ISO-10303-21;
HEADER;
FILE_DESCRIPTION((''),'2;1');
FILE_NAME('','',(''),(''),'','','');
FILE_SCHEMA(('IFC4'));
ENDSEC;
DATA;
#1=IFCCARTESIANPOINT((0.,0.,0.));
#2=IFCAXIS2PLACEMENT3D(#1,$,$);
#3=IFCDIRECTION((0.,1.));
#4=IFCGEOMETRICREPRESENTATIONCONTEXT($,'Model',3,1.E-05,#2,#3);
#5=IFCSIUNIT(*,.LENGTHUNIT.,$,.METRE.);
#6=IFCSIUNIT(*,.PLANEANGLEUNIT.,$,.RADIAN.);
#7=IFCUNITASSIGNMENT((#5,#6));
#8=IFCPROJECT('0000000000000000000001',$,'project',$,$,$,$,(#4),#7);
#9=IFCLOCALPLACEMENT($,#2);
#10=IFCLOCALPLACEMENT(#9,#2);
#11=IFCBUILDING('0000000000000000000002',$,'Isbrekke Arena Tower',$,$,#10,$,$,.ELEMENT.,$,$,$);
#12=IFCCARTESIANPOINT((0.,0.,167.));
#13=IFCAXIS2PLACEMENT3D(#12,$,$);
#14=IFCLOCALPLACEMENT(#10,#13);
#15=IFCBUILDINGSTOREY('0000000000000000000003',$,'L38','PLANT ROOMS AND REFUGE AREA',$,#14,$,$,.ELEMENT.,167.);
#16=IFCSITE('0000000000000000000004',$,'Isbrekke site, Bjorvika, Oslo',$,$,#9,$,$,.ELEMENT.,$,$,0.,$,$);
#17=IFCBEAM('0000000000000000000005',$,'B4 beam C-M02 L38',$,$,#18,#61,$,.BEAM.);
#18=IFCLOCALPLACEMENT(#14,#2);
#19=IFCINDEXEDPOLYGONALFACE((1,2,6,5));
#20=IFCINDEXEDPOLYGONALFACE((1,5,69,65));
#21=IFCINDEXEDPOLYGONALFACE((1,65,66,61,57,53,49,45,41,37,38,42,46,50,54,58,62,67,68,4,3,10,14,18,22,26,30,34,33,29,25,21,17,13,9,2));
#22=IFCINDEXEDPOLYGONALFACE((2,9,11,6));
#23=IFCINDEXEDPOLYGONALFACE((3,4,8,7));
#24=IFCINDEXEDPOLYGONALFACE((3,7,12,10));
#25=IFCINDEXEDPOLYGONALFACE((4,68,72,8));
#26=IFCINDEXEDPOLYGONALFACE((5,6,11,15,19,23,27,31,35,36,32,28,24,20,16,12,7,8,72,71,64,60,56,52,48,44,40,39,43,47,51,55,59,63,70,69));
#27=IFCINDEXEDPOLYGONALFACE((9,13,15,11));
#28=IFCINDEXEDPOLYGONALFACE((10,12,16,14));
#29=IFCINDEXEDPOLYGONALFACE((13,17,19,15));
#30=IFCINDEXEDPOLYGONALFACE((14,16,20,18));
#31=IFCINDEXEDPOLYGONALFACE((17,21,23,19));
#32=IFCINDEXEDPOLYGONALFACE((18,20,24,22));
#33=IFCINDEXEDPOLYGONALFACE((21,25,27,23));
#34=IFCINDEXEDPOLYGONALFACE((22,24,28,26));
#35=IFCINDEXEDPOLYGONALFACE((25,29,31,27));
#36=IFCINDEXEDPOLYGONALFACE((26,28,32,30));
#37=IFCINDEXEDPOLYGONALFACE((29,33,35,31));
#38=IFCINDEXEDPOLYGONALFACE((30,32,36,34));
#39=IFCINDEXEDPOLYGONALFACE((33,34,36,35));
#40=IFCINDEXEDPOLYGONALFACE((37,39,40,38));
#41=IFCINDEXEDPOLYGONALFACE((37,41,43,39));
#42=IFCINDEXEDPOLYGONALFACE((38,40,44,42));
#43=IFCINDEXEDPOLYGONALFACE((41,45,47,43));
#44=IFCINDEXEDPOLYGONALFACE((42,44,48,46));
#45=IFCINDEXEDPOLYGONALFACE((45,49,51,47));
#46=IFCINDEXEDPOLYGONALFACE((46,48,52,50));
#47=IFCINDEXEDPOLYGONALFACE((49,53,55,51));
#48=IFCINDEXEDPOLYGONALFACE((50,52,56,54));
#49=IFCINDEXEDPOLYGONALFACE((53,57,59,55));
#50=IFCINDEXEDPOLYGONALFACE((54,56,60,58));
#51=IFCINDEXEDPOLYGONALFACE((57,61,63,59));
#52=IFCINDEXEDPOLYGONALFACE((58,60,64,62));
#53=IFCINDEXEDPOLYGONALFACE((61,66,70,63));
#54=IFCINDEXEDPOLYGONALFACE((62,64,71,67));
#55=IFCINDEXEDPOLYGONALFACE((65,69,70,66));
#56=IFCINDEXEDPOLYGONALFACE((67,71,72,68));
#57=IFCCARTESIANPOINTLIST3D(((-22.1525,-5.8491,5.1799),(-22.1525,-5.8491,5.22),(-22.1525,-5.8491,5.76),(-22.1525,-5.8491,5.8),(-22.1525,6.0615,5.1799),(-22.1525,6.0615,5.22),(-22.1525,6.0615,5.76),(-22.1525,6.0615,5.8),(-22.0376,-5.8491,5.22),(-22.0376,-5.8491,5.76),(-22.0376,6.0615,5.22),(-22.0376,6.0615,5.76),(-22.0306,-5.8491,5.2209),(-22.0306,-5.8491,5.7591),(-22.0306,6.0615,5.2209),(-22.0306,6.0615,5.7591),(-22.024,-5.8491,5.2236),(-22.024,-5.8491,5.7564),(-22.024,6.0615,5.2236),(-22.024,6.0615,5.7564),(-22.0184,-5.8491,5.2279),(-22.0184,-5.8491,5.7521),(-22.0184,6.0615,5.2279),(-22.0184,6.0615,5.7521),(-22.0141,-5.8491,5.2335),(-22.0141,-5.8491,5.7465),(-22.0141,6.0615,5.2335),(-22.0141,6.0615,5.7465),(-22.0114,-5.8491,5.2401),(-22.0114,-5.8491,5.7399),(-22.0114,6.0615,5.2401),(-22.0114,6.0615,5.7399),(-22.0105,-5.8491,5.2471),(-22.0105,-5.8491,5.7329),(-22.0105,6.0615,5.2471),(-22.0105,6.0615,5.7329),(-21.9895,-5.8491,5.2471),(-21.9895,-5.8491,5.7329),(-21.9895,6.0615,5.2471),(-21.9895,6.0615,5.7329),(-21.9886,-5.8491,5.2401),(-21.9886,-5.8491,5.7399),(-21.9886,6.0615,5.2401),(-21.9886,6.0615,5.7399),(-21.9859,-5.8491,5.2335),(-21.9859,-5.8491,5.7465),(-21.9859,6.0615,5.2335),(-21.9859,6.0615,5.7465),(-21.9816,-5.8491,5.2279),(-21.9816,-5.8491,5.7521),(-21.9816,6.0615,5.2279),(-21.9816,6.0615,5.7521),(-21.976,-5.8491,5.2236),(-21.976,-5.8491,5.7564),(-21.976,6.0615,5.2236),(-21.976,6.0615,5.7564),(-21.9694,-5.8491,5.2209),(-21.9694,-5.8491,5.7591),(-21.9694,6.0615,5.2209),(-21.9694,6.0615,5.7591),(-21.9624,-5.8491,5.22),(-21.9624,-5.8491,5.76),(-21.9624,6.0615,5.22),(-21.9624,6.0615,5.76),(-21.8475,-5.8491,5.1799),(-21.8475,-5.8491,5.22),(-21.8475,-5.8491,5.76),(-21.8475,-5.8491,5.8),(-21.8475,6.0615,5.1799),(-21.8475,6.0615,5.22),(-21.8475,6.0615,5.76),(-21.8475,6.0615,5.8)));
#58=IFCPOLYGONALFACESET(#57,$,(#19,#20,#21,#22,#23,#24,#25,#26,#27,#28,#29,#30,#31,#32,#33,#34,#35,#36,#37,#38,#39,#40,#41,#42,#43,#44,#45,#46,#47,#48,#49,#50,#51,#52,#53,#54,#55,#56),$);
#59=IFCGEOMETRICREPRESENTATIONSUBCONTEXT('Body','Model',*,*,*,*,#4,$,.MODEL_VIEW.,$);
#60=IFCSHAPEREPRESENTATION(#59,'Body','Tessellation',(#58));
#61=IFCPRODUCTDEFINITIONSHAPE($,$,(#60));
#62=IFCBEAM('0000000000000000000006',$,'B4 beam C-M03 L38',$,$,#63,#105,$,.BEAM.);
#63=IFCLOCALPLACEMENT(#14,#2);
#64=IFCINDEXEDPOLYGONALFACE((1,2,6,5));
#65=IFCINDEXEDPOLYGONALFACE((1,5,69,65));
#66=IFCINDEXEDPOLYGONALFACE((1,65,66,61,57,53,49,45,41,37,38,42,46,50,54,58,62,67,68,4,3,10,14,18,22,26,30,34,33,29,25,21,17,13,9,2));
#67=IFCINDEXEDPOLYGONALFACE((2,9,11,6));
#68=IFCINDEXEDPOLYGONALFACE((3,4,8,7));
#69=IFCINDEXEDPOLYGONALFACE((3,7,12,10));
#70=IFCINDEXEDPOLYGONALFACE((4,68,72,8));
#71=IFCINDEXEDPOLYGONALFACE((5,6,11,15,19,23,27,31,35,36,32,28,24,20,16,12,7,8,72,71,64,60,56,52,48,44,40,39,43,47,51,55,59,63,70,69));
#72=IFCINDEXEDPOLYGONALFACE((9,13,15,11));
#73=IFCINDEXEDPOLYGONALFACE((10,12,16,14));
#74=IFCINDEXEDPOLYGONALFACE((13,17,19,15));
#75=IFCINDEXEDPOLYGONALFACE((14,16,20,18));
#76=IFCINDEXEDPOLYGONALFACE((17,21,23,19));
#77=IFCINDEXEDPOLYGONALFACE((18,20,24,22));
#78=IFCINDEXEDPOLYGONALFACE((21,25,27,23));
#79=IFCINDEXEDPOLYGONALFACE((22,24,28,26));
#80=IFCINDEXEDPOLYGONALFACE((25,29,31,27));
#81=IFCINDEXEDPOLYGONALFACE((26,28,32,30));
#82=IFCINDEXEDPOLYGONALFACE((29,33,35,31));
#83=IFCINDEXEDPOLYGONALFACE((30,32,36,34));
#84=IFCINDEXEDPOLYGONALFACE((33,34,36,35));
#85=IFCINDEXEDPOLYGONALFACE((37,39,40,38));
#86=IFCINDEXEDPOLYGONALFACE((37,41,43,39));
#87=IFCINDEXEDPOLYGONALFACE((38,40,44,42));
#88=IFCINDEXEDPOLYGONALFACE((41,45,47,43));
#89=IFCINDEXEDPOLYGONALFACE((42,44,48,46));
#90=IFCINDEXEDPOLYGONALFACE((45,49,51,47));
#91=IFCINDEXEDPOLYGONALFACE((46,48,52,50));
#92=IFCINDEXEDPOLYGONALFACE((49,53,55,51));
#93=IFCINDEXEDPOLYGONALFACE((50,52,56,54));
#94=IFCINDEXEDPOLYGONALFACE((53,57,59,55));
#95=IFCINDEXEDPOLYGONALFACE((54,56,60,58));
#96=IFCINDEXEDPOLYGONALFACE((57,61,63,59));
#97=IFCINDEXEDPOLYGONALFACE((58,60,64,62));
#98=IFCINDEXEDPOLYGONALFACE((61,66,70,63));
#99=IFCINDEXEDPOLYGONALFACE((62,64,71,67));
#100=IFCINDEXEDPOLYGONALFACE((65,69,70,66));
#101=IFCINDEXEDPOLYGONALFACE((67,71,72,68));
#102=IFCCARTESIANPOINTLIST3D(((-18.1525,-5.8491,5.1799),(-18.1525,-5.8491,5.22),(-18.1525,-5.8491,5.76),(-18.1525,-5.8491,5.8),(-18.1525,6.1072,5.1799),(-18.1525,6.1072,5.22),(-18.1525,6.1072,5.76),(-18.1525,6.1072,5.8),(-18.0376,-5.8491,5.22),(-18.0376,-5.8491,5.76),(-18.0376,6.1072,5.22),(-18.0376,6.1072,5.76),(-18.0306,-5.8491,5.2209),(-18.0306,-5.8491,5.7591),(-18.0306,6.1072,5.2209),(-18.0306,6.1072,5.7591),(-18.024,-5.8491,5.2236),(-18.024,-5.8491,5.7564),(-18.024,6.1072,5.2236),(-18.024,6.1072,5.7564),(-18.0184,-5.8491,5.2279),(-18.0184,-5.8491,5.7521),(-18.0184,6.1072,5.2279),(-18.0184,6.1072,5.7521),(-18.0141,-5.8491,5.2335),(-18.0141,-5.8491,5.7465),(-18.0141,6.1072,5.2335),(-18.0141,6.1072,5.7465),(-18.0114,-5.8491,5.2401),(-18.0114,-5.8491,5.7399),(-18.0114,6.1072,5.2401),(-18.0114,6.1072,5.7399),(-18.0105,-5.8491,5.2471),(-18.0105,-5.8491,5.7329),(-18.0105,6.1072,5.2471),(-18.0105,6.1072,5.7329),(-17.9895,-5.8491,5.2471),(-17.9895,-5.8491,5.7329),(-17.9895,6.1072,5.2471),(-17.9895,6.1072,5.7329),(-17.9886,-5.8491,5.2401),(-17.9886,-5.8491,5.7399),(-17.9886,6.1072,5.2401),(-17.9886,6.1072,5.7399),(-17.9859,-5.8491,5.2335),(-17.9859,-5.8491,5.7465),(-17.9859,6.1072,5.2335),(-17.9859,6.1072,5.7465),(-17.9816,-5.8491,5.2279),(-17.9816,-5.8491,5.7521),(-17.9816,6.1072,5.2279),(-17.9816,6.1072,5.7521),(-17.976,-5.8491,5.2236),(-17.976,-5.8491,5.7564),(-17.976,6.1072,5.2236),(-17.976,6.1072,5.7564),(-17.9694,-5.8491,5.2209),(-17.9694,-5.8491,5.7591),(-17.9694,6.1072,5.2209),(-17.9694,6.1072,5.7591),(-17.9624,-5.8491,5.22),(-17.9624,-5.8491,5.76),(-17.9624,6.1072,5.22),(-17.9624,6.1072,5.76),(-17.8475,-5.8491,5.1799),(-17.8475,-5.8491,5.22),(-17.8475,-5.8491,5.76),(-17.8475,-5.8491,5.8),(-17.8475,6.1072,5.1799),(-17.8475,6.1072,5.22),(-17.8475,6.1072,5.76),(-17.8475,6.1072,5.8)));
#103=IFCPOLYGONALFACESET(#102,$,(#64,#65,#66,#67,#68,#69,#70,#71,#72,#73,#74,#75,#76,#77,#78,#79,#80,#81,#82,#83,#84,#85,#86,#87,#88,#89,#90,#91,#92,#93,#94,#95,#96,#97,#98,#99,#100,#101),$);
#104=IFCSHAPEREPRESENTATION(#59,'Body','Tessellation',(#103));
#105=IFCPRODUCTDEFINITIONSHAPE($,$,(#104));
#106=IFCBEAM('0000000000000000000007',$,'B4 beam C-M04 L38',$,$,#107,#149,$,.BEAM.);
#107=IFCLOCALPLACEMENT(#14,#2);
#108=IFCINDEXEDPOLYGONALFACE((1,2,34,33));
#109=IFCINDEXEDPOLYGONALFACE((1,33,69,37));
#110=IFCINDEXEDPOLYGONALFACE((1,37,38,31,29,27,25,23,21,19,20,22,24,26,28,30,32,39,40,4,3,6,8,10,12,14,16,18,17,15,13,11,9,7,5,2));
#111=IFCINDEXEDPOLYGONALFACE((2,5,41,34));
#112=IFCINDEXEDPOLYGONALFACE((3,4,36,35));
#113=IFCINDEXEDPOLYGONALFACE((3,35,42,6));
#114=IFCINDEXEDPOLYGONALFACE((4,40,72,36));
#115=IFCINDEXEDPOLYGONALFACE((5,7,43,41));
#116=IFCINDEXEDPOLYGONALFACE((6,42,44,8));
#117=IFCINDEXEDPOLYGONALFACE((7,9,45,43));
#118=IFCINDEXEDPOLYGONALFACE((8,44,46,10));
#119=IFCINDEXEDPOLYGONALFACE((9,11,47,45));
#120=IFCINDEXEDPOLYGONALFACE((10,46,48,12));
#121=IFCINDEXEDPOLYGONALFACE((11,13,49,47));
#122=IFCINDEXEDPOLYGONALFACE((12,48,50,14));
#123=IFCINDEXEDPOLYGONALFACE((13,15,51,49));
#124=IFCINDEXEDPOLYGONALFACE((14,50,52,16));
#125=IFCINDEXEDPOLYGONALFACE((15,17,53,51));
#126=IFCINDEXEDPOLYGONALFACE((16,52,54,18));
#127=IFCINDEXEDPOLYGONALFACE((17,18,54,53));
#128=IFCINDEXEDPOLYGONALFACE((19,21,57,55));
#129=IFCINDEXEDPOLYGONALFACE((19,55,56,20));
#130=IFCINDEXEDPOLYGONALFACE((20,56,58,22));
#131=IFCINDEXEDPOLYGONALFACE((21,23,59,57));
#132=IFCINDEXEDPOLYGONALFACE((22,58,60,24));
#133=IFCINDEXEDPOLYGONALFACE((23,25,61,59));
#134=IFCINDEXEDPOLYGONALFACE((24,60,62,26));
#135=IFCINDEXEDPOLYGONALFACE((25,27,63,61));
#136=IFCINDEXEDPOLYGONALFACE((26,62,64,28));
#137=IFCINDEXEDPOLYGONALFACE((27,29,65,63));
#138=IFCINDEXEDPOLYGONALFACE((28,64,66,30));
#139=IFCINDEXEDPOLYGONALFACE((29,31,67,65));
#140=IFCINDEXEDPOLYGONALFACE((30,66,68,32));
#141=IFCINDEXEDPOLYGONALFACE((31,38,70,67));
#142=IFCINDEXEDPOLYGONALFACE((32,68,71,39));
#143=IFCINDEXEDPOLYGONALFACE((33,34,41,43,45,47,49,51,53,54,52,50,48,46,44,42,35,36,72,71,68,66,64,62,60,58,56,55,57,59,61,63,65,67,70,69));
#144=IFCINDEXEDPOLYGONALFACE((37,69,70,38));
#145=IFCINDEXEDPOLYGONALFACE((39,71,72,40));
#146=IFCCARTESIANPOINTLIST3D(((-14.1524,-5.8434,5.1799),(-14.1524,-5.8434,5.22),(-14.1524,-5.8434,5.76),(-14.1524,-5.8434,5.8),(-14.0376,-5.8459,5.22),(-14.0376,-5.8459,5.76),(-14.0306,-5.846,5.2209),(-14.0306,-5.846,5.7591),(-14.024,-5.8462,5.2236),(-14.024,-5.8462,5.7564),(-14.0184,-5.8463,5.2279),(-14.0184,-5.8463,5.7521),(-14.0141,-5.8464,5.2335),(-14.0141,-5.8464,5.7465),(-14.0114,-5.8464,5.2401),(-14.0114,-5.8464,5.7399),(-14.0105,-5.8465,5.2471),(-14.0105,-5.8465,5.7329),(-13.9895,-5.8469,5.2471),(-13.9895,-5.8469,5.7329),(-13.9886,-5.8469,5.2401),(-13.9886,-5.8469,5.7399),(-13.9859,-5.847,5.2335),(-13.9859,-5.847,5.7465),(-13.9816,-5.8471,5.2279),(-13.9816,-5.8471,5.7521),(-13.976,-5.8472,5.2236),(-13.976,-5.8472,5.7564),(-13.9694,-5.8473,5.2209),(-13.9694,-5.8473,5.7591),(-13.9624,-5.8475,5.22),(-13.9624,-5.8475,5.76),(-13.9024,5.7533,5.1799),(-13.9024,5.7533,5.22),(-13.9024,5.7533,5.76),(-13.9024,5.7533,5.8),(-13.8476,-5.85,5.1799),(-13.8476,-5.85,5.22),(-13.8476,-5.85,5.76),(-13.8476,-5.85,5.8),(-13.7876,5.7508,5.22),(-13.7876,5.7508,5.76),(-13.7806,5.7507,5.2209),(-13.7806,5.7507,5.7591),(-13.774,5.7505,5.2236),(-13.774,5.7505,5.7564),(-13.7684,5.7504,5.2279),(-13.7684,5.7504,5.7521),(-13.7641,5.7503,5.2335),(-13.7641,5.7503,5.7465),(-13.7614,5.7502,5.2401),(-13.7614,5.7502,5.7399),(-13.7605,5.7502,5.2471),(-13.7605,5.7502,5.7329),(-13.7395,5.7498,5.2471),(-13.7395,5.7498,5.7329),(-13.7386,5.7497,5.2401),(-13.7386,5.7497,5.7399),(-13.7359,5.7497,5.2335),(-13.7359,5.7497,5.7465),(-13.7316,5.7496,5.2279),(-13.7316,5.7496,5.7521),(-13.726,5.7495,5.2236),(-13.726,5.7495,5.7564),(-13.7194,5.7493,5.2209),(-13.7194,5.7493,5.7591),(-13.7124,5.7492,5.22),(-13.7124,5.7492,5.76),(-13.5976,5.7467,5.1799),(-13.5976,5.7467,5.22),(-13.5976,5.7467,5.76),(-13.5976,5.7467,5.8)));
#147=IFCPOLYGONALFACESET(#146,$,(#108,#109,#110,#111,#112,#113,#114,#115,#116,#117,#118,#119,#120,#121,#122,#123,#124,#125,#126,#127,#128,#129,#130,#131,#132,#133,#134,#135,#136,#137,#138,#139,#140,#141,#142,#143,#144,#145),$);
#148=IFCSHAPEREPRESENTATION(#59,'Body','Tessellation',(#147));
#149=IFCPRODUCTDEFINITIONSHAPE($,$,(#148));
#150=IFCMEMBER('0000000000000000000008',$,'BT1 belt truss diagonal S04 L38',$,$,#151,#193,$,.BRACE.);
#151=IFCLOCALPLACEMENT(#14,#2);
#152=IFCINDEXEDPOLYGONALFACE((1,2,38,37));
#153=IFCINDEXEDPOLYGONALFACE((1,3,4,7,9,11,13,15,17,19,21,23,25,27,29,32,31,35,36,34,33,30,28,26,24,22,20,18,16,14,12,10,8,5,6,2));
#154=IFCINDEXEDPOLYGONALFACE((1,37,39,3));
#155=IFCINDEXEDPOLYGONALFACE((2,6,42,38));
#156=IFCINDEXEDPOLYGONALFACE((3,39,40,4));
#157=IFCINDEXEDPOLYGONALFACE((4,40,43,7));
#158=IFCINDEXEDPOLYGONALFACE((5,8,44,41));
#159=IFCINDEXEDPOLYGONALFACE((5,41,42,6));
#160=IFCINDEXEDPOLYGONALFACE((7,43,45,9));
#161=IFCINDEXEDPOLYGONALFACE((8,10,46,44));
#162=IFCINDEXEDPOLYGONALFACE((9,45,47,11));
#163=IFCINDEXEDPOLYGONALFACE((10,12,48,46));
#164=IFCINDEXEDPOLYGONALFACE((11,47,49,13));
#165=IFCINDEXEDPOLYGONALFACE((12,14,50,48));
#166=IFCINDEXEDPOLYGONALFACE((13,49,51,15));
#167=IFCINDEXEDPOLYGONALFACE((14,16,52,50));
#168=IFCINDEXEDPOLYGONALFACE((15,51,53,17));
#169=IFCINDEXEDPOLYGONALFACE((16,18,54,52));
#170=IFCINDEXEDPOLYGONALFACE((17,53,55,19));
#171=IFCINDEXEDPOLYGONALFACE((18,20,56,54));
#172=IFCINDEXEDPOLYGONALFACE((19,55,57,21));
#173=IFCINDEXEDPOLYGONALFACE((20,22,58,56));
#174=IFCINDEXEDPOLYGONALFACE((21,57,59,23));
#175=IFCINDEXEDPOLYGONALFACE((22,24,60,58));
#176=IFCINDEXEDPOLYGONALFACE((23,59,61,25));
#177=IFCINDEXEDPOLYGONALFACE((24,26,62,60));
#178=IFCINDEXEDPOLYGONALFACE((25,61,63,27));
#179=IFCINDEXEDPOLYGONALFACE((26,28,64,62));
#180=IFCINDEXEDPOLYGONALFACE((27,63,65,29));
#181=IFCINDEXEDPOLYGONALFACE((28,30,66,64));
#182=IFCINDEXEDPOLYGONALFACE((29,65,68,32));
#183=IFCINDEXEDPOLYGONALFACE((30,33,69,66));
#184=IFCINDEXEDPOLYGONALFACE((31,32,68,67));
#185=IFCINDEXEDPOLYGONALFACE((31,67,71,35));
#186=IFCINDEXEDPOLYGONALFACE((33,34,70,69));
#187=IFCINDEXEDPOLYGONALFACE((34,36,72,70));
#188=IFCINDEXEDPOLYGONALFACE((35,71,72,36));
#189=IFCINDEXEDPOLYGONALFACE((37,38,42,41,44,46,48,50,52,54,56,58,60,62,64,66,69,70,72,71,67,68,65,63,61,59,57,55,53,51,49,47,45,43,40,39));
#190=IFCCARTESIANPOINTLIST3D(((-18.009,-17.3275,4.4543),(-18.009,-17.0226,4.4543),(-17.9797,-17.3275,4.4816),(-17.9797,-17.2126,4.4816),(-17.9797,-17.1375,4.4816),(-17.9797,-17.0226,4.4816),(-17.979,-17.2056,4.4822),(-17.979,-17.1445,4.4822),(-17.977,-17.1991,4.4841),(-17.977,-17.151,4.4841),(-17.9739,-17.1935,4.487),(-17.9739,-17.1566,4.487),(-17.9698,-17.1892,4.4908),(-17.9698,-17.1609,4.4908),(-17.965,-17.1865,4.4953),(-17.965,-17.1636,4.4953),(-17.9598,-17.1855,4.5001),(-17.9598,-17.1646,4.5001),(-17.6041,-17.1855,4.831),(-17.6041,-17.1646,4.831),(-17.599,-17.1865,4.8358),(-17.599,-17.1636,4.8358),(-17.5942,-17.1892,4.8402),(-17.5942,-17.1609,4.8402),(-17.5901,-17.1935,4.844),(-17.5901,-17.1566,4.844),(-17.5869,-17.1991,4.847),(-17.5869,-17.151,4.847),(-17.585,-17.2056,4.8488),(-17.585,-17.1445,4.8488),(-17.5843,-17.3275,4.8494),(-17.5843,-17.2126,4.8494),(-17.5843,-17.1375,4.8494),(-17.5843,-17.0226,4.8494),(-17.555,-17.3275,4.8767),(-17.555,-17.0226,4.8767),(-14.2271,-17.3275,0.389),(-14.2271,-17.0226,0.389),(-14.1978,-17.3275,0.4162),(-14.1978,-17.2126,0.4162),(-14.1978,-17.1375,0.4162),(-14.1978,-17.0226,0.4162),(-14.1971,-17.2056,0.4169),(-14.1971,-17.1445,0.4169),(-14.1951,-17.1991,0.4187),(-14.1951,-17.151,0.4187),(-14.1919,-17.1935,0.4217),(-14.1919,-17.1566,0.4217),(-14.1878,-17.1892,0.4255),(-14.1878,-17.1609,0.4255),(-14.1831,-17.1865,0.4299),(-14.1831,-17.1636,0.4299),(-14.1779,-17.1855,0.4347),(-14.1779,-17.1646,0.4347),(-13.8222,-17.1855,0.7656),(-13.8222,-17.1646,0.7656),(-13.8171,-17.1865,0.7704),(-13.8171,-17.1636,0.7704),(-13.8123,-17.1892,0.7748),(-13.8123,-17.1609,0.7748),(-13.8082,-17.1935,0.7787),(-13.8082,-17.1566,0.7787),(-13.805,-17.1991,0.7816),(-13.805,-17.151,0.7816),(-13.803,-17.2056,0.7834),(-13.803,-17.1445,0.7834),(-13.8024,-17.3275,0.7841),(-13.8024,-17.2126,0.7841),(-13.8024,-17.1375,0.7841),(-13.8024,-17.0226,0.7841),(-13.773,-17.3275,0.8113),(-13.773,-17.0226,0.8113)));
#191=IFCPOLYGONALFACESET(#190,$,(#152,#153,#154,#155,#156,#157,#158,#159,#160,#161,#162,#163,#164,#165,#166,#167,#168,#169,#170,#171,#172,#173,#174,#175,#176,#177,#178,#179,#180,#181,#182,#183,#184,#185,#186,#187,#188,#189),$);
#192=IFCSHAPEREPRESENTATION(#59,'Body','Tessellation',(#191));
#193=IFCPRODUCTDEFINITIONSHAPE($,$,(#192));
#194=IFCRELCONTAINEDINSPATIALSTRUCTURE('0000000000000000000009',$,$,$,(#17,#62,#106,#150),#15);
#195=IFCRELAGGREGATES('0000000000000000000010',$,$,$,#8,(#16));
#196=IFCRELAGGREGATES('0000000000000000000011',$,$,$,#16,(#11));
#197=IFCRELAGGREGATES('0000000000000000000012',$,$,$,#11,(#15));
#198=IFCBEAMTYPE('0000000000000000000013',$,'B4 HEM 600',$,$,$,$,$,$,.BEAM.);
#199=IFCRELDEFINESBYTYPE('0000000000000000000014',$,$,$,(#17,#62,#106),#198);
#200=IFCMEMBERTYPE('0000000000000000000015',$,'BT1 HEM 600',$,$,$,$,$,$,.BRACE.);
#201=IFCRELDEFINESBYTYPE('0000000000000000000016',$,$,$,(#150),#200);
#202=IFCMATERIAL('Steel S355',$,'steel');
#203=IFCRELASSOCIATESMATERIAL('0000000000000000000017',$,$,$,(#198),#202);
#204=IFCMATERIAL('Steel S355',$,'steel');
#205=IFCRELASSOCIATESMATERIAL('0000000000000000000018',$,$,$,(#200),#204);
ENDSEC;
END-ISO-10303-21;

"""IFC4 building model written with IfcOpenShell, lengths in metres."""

from ifc_helpers import new_model, si_unit, direction, frame, origin, origin_2d, place, context, subcontext, project, spatial, i_section, extrude, material, material_profile, profile_set, type_object, element, save


model = new_model("IFC4")

# Units and contexts
model_context = context("Model", 3, precision=1e-05, world=origin(), true_north=direction((0.0, 1.0)))
body_context = subcontext(model_context, "Body", "Model", "MODEL_VIEW")
ifc_project = project(units=[si_unit("LENGTHUNIT", "METRE"), si_unit("PLANEANGLEUNIT", "RADIAN")], contexts=[model_context])

# Site, building, storey
site_placement = place(None, origin())
site = spatial("IfcSite", under=ifc_project, at=site_placement, Name="Isbrekke site, Bjorvika, Oslo", CompositionType="ELEMENT", RefElevation=0.0)
building_placement = place(site_placement, origin())
building = spatial("IfcBuilding", under=site, at=building_placement, Name="Isbrekke Arena Tower", CompositionType="ELEMENT")
storey_placement = place(building_placement, frame((0.0, 0.0, 167.0)))
storey = spatial("IfcBuildingStorey", under=building, at=storey_placement, Name="L38", Description="PLANT ROOMS AND REFUGE AREA", CompositionType="ELEMENT", Elevation=167.0)

# Beams
ifc_material_1 = material(Name="Steel S355", Category="steel")
ifc_material_profile_1 = material_profile(ifc_material_1, i_section(OverallWidth=0.3049, OverallDepth=0.6201, WebThickness=0.021, FlangeThickness=0.04, FilletRadius=0.0271, at=origin_2d()), Name="HEM 600")
ifc_profile_set_1 = profile_set([ifc_material_profile_1], Name="Steel S355")
beam_type_1 = type_object("IfcBeamType", Name="B4 HEM 600", PredefinedType="BEAM", material=ifc_profile_set_1)
beam_1_placement = place(storey_placement, frame((-22.0, -5.8491, 5.49), z_axis=(0.0, 1.0, 0.0), x_axis=(-1.0, 0.0, 0.0)))
element("IfcBeam", 1, at=beam_1_placement, inside=storey, type_object=beam_type_1, Name="B4 beam C-M02 L38", PredefinedType="BEAM", context=body_context, shape_type="SweptSolid", body=[
    extrude(i_section(OverallWidth=0.3049, OverallDepth=0.6201, WebThickness=0.021, FlangeThickness=0.04, FilletRadius=0.0271, at=origin_2d()), origin(), (0.0, 0.0, 1.0), 11.9106),
])
beam_2_placement = place(storey_placement, frame((-18.0, -5.8491, 5.49), z_axis=(0.0, 1.0, 0.0), x_axis=(-1.0, 0.0, 0.0)))
element("IfcBeam", 2, at=beam_2_placement, inside=storey, type_object=beam_type_1, Name="B4 beam C-M03 L38", PredefinedType="BEAM", context=body_context, shape_type="SweptSolid", body=[
    extrude(i_section(OverallWidth=0.3049, OverallDepth=0.6201, WebThickness=0.021, FlangeThickness=0.04, FilletRadius=0.0271, at=origin_2d()), origin(), (0.0, 0.0, 1.0), 11.9563),
])
beam_3_placement = place(storey_placement, frame((-14.0, -5.8467, 5.49), z_axis=(0.021553, 0.999768, 0.0), x_axis=(-0.999768, 0.021553, 0.0)))
element("IfcBeam", 3, at=beam_3_placement, inside=storey, type_object=beam_type_1, Name="B4 beam C-M04 L38", PredefinedType="BEAM", context=body_context, shape_type="SweptSolid", body=[
    extrude(i_section(OverallWidth=0.3049, OverallDepth=0.6201, WebThickness=0.021, FlangeThickness=0.04, FilletRadius=0.0271, at=origin_2d()), origin(), (0.0, 0.0, 1.0), 11.5994),
])

# Member
ifc_material_2 = material(Name="Steel S355", Category="steel")
ifc_material_profile_2 = material_profile(ifc_material_2, i_section(OverallWidth=0.3049, OverallDepth=0.6201, WebThickness=0.021, FlangeThickness=0.04, FilletRadius=0.0271, at=origin_2d()), Name="HEM 600")
ifc_profile_set_2 = profile_set([ifc_material_profile_2], Name="Steel S355")
member_type_1 = type_object("IfcMemberType", Name="BT1 HEM 600", PredefinedType="BRACE", material=ifc_profile_set_2)
for number, where, z_axis, x_axis, name in (
    (4, (-17.782, -17.175, 4.6655), (0.681122, 0.0, -0.73217), (0.0, 1.0, 0.0), "BT1 belt truss diagonal S04 L38"),
):
    element("IfcMember", number, at=place(storey_placement, frame(where, z_axis=z_axis, x_axis=x_axis)), inside=storey, type_object=member_type_1, Name=name, PredefinedType="BRACE", context=body_context, shape_type="SweptSolid", body=[
        extrude(i_section(OverallWidth=0.3049, OverallDepth=0.6201, WebThickness=0.021, FlangeThickness=0.04, FilletRadius=0.0271, at=origin_2d()), origin(), (0.0, 0.0, 1.0), 5.5525),
    ])

save(model, "model.ifc")
